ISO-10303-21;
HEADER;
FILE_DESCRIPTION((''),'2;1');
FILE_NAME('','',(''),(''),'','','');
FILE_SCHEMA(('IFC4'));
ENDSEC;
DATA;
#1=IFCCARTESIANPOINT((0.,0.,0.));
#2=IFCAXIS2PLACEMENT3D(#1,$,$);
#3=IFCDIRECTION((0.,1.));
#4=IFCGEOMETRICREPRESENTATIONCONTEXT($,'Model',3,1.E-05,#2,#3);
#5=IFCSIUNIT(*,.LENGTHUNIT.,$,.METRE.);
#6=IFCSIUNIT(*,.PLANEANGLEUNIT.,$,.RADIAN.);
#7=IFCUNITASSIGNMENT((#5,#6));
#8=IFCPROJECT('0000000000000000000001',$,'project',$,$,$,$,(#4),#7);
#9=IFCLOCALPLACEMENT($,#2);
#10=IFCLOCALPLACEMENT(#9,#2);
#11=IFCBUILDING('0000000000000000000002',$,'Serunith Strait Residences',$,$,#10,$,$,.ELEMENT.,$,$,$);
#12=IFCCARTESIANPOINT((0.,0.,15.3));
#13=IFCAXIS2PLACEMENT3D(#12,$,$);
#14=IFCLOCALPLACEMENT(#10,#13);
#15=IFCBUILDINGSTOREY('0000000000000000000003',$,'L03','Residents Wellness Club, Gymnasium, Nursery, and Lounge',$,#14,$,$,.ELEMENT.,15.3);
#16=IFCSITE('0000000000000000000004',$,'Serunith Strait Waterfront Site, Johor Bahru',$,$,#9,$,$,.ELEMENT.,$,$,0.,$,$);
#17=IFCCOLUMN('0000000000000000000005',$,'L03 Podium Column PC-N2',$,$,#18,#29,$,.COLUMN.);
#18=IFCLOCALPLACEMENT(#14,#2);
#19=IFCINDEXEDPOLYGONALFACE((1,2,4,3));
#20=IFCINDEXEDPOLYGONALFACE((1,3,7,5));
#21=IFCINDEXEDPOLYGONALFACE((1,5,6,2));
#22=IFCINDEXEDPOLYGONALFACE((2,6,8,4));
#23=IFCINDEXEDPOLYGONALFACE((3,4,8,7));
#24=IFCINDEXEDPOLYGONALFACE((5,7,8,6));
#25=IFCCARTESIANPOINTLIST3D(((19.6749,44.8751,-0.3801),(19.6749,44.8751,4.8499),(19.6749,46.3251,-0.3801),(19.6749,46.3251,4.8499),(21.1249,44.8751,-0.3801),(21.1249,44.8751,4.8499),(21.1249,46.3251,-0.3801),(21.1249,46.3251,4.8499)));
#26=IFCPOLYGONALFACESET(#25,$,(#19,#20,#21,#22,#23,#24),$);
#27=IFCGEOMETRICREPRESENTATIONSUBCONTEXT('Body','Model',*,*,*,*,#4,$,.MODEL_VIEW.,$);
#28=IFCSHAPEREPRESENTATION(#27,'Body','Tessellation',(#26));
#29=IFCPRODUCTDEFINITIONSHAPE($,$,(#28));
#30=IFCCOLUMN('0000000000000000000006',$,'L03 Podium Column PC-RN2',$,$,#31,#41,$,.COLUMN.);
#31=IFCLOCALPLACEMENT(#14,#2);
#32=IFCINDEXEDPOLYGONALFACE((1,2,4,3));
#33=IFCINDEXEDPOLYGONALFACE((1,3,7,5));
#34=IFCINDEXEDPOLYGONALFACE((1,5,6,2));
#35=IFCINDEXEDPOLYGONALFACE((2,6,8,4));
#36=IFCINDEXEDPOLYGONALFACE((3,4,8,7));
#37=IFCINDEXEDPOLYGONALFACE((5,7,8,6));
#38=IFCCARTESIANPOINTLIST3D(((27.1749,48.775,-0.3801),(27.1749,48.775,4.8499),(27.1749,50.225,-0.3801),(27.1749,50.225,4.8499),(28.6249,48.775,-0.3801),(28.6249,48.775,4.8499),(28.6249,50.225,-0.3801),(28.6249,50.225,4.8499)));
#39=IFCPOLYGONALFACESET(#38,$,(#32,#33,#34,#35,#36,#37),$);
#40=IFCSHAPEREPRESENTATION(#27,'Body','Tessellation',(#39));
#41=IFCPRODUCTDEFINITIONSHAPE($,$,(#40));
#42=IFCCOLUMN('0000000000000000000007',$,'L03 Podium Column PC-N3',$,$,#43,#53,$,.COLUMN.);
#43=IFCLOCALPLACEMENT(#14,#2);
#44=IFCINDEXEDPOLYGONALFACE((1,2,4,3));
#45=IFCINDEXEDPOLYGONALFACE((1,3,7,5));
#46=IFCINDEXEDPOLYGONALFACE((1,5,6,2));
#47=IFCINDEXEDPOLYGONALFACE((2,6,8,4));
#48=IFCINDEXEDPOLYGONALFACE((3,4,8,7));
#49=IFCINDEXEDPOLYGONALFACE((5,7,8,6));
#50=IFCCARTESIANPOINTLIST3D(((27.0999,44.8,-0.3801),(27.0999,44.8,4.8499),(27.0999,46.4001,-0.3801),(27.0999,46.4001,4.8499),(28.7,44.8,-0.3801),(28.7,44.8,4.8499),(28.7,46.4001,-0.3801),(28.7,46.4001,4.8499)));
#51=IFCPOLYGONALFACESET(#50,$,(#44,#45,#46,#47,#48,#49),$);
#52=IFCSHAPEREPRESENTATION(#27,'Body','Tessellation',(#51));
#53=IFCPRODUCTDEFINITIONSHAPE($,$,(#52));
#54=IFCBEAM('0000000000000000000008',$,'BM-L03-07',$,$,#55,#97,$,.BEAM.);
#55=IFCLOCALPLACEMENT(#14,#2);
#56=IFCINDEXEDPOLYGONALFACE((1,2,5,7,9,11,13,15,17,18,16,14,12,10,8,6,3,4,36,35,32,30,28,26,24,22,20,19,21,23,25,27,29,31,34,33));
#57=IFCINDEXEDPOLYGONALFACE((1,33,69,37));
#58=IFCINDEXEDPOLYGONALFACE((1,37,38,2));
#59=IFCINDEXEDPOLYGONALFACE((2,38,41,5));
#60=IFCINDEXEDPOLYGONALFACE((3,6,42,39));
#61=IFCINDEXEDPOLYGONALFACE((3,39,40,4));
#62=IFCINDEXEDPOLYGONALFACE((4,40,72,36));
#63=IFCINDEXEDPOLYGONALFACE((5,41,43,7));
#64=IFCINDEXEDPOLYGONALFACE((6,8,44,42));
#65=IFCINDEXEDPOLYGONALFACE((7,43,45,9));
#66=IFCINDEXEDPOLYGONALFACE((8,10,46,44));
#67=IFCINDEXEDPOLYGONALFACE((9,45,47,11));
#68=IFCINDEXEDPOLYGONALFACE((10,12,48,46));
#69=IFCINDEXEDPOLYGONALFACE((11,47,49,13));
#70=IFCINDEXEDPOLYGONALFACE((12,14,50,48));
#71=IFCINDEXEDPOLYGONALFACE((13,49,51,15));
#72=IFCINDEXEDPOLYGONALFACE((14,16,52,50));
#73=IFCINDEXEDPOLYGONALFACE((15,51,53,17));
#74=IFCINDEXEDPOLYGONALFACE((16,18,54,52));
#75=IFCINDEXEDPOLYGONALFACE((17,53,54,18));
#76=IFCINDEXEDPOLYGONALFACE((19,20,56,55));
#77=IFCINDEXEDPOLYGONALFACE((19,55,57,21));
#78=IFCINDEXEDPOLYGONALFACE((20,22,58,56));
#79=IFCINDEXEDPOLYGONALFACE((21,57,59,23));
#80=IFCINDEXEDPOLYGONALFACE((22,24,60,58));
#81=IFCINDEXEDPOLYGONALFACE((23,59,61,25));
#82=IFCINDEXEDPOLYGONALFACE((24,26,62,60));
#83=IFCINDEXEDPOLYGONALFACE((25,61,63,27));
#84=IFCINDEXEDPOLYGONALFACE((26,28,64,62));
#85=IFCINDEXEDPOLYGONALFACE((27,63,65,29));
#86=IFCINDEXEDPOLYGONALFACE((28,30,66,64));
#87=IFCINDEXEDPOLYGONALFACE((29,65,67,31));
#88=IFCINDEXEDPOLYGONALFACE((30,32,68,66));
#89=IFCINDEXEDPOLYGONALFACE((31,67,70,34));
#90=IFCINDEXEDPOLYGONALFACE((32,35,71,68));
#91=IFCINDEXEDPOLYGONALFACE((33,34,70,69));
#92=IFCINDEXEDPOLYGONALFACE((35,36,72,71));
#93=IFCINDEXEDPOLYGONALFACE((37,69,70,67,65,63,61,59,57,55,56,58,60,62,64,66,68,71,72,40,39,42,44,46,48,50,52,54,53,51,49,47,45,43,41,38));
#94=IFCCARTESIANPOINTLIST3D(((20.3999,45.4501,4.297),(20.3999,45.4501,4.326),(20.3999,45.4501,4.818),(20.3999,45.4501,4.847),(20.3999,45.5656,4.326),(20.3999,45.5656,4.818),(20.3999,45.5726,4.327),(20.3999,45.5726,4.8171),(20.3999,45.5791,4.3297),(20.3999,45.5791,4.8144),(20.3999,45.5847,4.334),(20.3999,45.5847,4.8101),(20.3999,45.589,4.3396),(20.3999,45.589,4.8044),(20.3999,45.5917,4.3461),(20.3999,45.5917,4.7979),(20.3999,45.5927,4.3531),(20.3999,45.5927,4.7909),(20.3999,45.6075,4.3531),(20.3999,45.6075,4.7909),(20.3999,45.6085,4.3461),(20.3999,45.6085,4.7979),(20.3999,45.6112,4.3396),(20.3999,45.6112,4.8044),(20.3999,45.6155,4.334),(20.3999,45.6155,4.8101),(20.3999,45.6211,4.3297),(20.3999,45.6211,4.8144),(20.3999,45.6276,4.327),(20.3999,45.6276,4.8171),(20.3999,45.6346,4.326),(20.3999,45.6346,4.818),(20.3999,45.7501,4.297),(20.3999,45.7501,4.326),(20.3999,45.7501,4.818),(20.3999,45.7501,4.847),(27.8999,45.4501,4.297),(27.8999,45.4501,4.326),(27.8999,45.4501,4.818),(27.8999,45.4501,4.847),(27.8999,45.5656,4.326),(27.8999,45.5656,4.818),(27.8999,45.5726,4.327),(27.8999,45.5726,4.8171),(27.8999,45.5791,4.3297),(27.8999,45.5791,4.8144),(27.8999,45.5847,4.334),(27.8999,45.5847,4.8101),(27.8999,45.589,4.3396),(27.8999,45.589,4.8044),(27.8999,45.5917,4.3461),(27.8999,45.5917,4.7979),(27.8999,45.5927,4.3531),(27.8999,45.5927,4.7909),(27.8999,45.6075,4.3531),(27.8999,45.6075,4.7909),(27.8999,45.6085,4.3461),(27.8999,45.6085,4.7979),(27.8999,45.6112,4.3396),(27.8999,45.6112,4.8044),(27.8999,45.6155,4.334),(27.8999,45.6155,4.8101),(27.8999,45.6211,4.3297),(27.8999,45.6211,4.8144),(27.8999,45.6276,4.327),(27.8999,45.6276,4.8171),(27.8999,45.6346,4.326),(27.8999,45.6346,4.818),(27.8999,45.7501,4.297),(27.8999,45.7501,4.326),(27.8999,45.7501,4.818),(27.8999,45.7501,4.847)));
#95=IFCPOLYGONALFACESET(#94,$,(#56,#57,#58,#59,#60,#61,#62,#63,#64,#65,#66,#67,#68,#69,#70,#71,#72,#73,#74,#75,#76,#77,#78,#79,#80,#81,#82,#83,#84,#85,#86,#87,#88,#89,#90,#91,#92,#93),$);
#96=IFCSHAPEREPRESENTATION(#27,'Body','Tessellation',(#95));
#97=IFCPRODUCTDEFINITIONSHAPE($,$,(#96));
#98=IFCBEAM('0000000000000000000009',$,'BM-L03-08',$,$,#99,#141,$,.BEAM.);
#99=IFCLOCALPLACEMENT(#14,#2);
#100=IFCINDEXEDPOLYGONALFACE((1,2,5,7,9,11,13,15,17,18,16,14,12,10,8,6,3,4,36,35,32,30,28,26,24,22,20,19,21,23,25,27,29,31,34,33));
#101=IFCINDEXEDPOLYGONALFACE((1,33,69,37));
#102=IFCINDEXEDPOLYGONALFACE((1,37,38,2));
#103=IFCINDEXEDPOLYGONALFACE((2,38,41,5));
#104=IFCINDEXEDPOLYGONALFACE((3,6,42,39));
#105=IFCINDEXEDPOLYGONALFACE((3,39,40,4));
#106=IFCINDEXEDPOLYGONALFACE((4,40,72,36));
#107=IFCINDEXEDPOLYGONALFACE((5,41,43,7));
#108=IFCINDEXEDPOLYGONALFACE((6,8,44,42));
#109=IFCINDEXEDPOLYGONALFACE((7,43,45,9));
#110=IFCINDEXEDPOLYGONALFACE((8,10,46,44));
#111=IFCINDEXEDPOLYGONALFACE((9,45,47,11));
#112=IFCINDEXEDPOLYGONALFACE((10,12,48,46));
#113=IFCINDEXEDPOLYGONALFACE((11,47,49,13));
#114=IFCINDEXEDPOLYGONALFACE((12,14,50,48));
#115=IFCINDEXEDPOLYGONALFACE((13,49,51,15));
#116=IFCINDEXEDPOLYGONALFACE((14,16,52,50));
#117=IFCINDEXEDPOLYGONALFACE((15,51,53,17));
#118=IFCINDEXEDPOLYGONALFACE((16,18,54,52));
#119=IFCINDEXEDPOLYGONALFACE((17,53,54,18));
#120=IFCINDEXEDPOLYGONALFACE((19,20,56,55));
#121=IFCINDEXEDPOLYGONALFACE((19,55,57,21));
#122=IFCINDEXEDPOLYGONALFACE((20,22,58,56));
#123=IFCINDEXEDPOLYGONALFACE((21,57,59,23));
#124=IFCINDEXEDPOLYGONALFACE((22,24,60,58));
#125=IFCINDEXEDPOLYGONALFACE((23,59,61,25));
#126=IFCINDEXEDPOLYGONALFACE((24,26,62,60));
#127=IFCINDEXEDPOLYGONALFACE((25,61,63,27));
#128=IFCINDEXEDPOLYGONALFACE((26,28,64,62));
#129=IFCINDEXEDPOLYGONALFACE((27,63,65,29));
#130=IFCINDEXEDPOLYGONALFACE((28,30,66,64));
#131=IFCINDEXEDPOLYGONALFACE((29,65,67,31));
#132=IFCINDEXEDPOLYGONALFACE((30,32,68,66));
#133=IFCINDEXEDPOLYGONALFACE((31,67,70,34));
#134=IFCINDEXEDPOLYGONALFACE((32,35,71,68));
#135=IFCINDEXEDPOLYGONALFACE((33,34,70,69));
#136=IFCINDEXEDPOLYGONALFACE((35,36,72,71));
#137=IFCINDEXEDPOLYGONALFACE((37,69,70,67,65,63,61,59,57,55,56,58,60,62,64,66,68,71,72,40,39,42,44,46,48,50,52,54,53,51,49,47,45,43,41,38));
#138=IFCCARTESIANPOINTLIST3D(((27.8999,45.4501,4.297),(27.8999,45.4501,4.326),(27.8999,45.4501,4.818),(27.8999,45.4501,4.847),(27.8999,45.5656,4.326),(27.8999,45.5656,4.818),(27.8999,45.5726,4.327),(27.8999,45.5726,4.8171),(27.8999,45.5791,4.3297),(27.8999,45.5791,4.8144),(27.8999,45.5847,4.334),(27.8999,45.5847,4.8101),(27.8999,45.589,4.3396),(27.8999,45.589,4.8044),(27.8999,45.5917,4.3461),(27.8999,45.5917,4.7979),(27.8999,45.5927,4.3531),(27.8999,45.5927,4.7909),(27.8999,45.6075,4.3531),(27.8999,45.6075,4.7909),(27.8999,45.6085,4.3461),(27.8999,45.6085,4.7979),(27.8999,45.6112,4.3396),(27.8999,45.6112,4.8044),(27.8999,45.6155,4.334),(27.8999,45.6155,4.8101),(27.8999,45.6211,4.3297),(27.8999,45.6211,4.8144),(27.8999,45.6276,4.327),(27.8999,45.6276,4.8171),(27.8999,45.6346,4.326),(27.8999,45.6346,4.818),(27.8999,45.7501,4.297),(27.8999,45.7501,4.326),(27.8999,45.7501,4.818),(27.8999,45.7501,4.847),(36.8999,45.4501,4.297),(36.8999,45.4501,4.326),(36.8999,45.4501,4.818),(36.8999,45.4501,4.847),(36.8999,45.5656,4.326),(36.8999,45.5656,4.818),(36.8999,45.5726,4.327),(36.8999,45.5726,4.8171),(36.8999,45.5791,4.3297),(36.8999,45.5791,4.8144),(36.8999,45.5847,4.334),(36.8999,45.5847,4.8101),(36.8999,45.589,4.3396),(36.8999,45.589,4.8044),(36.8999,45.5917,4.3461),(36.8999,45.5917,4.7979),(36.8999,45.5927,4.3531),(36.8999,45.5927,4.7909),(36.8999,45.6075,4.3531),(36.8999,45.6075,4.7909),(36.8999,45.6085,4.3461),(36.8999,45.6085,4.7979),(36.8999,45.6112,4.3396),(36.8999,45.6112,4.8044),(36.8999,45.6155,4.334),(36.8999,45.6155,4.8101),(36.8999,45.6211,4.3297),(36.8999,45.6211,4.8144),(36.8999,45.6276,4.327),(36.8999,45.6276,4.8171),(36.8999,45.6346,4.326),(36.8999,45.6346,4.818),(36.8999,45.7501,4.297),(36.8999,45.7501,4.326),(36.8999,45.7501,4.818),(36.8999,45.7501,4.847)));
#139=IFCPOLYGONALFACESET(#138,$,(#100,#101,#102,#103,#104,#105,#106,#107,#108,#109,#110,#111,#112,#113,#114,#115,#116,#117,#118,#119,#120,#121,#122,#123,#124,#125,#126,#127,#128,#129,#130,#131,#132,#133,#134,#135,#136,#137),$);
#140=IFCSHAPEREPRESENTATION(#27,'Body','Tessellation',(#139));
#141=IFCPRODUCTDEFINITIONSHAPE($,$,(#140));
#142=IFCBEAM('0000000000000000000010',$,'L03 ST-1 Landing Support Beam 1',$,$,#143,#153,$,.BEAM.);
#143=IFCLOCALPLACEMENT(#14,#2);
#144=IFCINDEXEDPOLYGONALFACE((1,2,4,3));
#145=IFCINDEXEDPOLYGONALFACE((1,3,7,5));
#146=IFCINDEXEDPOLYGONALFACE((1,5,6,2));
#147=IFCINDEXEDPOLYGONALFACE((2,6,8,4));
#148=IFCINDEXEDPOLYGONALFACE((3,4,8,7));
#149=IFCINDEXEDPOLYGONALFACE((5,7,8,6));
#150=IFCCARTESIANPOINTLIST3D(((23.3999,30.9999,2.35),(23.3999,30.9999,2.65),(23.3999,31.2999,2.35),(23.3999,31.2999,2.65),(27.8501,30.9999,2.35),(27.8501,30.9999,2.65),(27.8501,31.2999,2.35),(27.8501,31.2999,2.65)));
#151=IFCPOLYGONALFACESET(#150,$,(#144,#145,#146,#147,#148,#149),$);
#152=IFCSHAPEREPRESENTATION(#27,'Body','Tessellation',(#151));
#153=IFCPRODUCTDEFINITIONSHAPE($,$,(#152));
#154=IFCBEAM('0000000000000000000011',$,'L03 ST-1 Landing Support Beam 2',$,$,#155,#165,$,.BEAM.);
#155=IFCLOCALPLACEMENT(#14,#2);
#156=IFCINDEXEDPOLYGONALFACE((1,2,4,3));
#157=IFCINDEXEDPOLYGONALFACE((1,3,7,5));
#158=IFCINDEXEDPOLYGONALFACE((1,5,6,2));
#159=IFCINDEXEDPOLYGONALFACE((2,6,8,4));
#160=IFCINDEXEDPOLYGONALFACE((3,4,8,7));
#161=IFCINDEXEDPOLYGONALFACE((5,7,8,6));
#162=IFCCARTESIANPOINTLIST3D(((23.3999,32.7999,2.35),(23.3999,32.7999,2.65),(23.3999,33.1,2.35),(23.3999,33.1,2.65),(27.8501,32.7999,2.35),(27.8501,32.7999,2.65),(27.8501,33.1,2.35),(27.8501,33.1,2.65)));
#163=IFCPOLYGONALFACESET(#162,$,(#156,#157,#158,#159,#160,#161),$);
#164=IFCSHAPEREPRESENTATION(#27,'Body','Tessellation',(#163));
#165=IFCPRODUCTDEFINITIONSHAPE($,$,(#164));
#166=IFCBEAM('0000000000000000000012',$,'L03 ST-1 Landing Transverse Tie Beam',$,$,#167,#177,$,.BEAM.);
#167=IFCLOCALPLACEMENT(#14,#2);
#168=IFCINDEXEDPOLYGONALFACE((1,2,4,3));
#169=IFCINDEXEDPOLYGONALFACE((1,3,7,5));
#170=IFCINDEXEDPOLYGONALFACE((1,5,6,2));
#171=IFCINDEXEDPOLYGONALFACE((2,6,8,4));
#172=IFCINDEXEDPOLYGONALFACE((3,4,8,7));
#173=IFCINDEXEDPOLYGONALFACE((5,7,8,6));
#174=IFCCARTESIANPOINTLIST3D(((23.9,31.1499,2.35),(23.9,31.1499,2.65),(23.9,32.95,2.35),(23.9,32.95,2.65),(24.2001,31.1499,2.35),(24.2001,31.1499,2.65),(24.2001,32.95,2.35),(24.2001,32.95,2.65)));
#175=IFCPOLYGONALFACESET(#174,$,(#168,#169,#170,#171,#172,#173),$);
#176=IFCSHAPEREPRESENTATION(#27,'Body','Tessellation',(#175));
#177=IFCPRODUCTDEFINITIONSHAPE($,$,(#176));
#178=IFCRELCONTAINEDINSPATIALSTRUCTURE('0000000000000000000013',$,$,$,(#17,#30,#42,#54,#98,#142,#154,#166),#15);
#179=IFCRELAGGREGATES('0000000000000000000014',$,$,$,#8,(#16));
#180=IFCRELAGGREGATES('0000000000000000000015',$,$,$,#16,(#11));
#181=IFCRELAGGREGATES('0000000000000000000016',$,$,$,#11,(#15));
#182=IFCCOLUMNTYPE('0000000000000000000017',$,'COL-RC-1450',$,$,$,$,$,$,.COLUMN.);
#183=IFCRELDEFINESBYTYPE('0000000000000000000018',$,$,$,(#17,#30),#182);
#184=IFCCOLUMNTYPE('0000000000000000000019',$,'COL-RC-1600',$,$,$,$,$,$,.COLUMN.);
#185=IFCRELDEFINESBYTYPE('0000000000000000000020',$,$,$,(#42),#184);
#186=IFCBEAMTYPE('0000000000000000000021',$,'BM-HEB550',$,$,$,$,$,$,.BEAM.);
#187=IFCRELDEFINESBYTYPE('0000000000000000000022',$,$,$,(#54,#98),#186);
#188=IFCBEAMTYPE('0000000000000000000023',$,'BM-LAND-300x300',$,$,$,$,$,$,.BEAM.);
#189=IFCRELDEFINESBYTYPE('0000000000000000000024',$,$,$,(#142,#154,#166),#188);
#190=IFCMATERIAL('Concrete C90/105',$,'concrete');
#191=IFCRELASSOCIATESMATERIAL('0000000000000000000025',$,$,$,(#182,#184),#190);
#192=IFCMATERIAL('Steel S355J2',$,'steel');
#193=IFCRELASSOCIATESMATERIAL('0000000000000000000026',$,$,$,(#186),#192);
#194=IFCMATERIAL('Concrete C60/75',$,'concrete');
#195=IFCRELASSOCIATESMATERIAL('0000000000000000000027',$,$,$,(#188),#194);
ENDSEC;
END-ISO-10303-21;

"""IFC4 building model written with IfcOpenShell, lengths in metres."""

from ifc_helpers import new_model, si_unit, direction, frame, origin, origin_2d, place, context, subcontext, project, spatial, rectangle, i_section, extrude, source, transform, mapped, material, material_profile, profile_set, type_object, element, save


model = new_model("IFC4")

# Units and contexts
model_context = context("Model", 3, precision=1e-05, world=origin(), true_north=direction((0.0, 1.0)))
body_context = subcontext(model_context, "Body", "Model", "MODEL_VIEW")
ifc_project = project(units=[si_unit("LENGTHUNIT", "METRE"), si_unit("PLANEANGLEUNIT", "RADIAN")], contexts=[model_context])

# Site, building, storey
site_placement = place(None, origin())
site = spatial("IfcSite", under=ifc_project, at=site_placement, Name="Serunith Strait Waterfront Site, Johor Bahru", CompositionType="ELEMENT", RefElevation=0.0)
building_placement = place(site_placement, origin())
building = spatial("IfcBuilding", under=site, at=building_placement, Name="Serunith Strait Residences", CompositionType="ELEMENT")
storey_placement = place(building_placement, frame((0.0, 0.0, 15.3)))
storey = spatial("IfcBuildingStorey", under=building, at=storey_placement, Name="L03", Description="Residents Wellness Club, Gymnasium, Nursery, and Lounge", CompositionType="ELEMENT", Elevation=15.3)

# Columns
ifc_material_1 = material(Name="Concrete C90/105", Category="concrete")
ifc_material_profile_1 = material_profile(ifc_material_1, rectangle(XDim=1.45, YDim=1.45, at=origin_2d()), Name="RC 1450x1450")
ifc_profile_set_1 = profile_set([ifc_material_profile_1], Name="Concrete C90/105")
column_type_1 = type_object("IfcColumnType", Name="COL-RC-1450", PredefinedType="COLUMN", material=ifc_profile_set_1)
shared_shape_1 = source(origin(), body_context, "Body", "SweptSolid", [
    extrude(rectangle(XDim=1.45, YDim=1.45, at=origin_2d()), origin(), (0.0, 0.0, 1.0), 5.23),
])
for number, where, z_axis, x_axis, name in (
    (1, (20.3999, 45.6001, -0.3801), (0.0, 0.0, 1.0), (1.0, 0.0, 0.0), "L03 Podium Column PC-N2"),
    (2, (27.8999, 49.5, -0.3801), (0.0, 0.0, 1.0), (1.0, 0.0, 0.0), "L03 Podium Column PC-RN2"),
):
    element("IfcColumn", number, at=place(storey_placement, frame(where, z_axis=z_axis, x_axis=x_axis)), inside=storey, type_object=column_type_1, Name=name, PredefinedType="COLUMN", context=body_context, shape_type="MappedRepresentation", body=[
        mapped(shared_shape_1, transform((0.0, 0.0, 0.0), scale=1.0)),
    ])
ifc_material_profile_2 = material_profile(ifc_material_1, rectangle(XDim=1.6001, YDim=1.6001, at=origin_2d()), Name="RC 1600x1600")
ifc_profile_set_2 = profile_set([ifc_material_profile_2], Name="Concrete C90/105")
column_type_2 = type_object("IfcColumnType", Name="COL-RC-1600", PredefinedType="COLUMN", material=ifc_profile_set_2)
shared_shape_2 = source(origin(), body_context, "Body", "SweptSolid", [
    extrude(rectangle(XDim=1.6001, YDim=1.6001, at=origin_2d()), origin(), (0.0, 0.0, 1.0), 5.23),
])
column_placement = place(storey_placement, frame((27.8999, 45.6001, -0.3801), z_axis=(0.0, 0.0, 1.0), x_axis=(1.0, 0.0, 0.0)))
element("IfcColumn", 3, at=column_placement, inside=storey, type_object=column_type_2, Name="L03 Podium Column PC-N3", PredefinedType="COLUMN", context=body_context, shape_type="MappedRepresentation", body=[
    mapped(shared_shape_2, transform((0.0, 0.0, 0.0), scale=1.0)),
])

# Beams
ifc_material_2 = material(Name="Steel S355J2", Category="steel")
ifc_material_profile_3 = material_profile(ifc_material_2, i_section(OverallWidth=0.3, OverallDepth=0.55, WebThickness=0.0149, FlangeThickness=0.0291, FilletRadius=0.0271, at=origin_2d()), Name="HEB 550")
ifc_profile_set_3 = profile_set([ifc_material_profile_3], Name="Steel S355J2")
beam_type_1 = type_object("IfcBeamType", Name="BM-HEB550", PredefinedType="BEAM", material=ifc_profile_set_3)
shared_shape_3 = source(origin(), body_context, "Body", "SweptSolid", [
    extrude(i_section(OverallWidth=0.3, OverallDepth=0.55, WebThickness=0.0149, FlangeThickness=0.0291, FilletRadius=0.0271, at=origin_2d()), origin(), (0.0, 0.0, 1.0), 7.5),
])
beam_1_placement = place(storey_placement, frame((20.3999, 45.6001, 4.572), z_axis=(1.0, 0.0, 0.0), x_axis=(0.0, 1.0, 0.0)))
element("IfcBeam", 4, at=beam_1_placement, inside=storey, type_object=beam_type_1, Name="BM-L03-07", PredefinedType="BEAM", context=body_context, shape_type="MappedRepresentation", body=[
    mapped(shared_shape_3, transform((0.0, 0.0, 0.0), scale=1.0)),
])
shared_shape_4 = source(origin(), body_context, "Body", "SweptSolid", [
    extrude(i_section(OverallWidth=0.3, OverallDepth=0.55, WebThickness=0.0149, FlangeThickness=0.0291, FilletRadius=0.0271, at=origin_2d()), origin(), (0.0, 0.0, 1.0), 9.0),
])
beam_2_placement = place(storey_placement, frame((27.8999, 45.6001, 4.572), z_axis=(1.0, 0.0, 0.0), x_axis=(0.0, 1.0, 0.0)))
element("IfcBeam", 5, at=beam_2_placement, inside=storey, type_object=beam_type_1, Name="BM-L03-08", PredefinedType="BEAM", context=body_context, shape_type="MappedRepresentation", body=[
    mapped(shared_shape_4, transform((0.0, 0.0, 0.0), scale=1.0)),
])
ifc_material_3 = material(Name="Concrete C60/75", Category="concrete")
ifc_material_profile_4 = material_profile(ifc_material_3, rectangle(XDim=0.3, YDim=0.3, at=origin_2d()), Name="RC 300x300")
ifc_profile_set_4 = profile_set([ifc_material_profile_4], Name="Concrete C60/75")
beam_type_2 = type_object("IfcBeamType", Name="BM-LAND-300x300", PredefinedType="BEAM", material=ifc_profile_set_4)
shared_shape_5 = source(origin(), body_context, "Body", "SweptSolid", [
    extrude(rectangle(XDim=0.3, YDim=0.3, at=origin_2d()), origin(), (0.0, 0.0, 1.0), 4.4502),
])
for number, where, z_axis, x_axis, name in (
    (6, (23.3999, 31.1499, 2.5), (1.0, 0.0, 0.0), (0.0, 1.0, 0.0), "L03 ST-1 Landing Support Beam 1"),
    (7, (23.3999, 32.95, 2.5), (1.0, 0.0, 0.0), (0.0, 1.0, 0.0), "L03 ST-1 Landing Support Beam 2"),
):
    element("IfcBeam", number, at=place(storey_placement, frame(where, z_axis=z_axis, x_axis=x_axis)), inside=storey, type_object=beam_type_2, Name=name, PredefinedType="BEAM", context=body_context, shape_type="MappedRepresentation", body=[
        mapped(shared_shape_5, transform((0.0, 0.0, 0.0), scale=1.0)),
    ])
shared_shape_6 = source(origin(), body_context, "Body", "SweptSolid", [
    extrude(rectangle(XDim=0.3, YDim=0.3, at=origin_2d()), origin(), (0.0, 0.0, 1.0), 1.8),
])
beam_3_placement = place(storey_placement, frame((24.05, 31.1499, 2.5), z_axis=(0.0, 1.0, 0.0), x_axis=(-1.0, 0.0, 0.0)))
element("IfcBeam", 8, at=beam_3_placement, inside=storey, type_object=beam_type_2, Name="L03 ST-1 Landing Transverse Tie Beam", PredefinedType="BEAM", context=body_context, shape_type="MappedRepresentation", body=[
    mapped(shared_shape_6, transform((0.0, 0.0, 0.0), scale=1.0)),
])

save(model, "model.ifc")
